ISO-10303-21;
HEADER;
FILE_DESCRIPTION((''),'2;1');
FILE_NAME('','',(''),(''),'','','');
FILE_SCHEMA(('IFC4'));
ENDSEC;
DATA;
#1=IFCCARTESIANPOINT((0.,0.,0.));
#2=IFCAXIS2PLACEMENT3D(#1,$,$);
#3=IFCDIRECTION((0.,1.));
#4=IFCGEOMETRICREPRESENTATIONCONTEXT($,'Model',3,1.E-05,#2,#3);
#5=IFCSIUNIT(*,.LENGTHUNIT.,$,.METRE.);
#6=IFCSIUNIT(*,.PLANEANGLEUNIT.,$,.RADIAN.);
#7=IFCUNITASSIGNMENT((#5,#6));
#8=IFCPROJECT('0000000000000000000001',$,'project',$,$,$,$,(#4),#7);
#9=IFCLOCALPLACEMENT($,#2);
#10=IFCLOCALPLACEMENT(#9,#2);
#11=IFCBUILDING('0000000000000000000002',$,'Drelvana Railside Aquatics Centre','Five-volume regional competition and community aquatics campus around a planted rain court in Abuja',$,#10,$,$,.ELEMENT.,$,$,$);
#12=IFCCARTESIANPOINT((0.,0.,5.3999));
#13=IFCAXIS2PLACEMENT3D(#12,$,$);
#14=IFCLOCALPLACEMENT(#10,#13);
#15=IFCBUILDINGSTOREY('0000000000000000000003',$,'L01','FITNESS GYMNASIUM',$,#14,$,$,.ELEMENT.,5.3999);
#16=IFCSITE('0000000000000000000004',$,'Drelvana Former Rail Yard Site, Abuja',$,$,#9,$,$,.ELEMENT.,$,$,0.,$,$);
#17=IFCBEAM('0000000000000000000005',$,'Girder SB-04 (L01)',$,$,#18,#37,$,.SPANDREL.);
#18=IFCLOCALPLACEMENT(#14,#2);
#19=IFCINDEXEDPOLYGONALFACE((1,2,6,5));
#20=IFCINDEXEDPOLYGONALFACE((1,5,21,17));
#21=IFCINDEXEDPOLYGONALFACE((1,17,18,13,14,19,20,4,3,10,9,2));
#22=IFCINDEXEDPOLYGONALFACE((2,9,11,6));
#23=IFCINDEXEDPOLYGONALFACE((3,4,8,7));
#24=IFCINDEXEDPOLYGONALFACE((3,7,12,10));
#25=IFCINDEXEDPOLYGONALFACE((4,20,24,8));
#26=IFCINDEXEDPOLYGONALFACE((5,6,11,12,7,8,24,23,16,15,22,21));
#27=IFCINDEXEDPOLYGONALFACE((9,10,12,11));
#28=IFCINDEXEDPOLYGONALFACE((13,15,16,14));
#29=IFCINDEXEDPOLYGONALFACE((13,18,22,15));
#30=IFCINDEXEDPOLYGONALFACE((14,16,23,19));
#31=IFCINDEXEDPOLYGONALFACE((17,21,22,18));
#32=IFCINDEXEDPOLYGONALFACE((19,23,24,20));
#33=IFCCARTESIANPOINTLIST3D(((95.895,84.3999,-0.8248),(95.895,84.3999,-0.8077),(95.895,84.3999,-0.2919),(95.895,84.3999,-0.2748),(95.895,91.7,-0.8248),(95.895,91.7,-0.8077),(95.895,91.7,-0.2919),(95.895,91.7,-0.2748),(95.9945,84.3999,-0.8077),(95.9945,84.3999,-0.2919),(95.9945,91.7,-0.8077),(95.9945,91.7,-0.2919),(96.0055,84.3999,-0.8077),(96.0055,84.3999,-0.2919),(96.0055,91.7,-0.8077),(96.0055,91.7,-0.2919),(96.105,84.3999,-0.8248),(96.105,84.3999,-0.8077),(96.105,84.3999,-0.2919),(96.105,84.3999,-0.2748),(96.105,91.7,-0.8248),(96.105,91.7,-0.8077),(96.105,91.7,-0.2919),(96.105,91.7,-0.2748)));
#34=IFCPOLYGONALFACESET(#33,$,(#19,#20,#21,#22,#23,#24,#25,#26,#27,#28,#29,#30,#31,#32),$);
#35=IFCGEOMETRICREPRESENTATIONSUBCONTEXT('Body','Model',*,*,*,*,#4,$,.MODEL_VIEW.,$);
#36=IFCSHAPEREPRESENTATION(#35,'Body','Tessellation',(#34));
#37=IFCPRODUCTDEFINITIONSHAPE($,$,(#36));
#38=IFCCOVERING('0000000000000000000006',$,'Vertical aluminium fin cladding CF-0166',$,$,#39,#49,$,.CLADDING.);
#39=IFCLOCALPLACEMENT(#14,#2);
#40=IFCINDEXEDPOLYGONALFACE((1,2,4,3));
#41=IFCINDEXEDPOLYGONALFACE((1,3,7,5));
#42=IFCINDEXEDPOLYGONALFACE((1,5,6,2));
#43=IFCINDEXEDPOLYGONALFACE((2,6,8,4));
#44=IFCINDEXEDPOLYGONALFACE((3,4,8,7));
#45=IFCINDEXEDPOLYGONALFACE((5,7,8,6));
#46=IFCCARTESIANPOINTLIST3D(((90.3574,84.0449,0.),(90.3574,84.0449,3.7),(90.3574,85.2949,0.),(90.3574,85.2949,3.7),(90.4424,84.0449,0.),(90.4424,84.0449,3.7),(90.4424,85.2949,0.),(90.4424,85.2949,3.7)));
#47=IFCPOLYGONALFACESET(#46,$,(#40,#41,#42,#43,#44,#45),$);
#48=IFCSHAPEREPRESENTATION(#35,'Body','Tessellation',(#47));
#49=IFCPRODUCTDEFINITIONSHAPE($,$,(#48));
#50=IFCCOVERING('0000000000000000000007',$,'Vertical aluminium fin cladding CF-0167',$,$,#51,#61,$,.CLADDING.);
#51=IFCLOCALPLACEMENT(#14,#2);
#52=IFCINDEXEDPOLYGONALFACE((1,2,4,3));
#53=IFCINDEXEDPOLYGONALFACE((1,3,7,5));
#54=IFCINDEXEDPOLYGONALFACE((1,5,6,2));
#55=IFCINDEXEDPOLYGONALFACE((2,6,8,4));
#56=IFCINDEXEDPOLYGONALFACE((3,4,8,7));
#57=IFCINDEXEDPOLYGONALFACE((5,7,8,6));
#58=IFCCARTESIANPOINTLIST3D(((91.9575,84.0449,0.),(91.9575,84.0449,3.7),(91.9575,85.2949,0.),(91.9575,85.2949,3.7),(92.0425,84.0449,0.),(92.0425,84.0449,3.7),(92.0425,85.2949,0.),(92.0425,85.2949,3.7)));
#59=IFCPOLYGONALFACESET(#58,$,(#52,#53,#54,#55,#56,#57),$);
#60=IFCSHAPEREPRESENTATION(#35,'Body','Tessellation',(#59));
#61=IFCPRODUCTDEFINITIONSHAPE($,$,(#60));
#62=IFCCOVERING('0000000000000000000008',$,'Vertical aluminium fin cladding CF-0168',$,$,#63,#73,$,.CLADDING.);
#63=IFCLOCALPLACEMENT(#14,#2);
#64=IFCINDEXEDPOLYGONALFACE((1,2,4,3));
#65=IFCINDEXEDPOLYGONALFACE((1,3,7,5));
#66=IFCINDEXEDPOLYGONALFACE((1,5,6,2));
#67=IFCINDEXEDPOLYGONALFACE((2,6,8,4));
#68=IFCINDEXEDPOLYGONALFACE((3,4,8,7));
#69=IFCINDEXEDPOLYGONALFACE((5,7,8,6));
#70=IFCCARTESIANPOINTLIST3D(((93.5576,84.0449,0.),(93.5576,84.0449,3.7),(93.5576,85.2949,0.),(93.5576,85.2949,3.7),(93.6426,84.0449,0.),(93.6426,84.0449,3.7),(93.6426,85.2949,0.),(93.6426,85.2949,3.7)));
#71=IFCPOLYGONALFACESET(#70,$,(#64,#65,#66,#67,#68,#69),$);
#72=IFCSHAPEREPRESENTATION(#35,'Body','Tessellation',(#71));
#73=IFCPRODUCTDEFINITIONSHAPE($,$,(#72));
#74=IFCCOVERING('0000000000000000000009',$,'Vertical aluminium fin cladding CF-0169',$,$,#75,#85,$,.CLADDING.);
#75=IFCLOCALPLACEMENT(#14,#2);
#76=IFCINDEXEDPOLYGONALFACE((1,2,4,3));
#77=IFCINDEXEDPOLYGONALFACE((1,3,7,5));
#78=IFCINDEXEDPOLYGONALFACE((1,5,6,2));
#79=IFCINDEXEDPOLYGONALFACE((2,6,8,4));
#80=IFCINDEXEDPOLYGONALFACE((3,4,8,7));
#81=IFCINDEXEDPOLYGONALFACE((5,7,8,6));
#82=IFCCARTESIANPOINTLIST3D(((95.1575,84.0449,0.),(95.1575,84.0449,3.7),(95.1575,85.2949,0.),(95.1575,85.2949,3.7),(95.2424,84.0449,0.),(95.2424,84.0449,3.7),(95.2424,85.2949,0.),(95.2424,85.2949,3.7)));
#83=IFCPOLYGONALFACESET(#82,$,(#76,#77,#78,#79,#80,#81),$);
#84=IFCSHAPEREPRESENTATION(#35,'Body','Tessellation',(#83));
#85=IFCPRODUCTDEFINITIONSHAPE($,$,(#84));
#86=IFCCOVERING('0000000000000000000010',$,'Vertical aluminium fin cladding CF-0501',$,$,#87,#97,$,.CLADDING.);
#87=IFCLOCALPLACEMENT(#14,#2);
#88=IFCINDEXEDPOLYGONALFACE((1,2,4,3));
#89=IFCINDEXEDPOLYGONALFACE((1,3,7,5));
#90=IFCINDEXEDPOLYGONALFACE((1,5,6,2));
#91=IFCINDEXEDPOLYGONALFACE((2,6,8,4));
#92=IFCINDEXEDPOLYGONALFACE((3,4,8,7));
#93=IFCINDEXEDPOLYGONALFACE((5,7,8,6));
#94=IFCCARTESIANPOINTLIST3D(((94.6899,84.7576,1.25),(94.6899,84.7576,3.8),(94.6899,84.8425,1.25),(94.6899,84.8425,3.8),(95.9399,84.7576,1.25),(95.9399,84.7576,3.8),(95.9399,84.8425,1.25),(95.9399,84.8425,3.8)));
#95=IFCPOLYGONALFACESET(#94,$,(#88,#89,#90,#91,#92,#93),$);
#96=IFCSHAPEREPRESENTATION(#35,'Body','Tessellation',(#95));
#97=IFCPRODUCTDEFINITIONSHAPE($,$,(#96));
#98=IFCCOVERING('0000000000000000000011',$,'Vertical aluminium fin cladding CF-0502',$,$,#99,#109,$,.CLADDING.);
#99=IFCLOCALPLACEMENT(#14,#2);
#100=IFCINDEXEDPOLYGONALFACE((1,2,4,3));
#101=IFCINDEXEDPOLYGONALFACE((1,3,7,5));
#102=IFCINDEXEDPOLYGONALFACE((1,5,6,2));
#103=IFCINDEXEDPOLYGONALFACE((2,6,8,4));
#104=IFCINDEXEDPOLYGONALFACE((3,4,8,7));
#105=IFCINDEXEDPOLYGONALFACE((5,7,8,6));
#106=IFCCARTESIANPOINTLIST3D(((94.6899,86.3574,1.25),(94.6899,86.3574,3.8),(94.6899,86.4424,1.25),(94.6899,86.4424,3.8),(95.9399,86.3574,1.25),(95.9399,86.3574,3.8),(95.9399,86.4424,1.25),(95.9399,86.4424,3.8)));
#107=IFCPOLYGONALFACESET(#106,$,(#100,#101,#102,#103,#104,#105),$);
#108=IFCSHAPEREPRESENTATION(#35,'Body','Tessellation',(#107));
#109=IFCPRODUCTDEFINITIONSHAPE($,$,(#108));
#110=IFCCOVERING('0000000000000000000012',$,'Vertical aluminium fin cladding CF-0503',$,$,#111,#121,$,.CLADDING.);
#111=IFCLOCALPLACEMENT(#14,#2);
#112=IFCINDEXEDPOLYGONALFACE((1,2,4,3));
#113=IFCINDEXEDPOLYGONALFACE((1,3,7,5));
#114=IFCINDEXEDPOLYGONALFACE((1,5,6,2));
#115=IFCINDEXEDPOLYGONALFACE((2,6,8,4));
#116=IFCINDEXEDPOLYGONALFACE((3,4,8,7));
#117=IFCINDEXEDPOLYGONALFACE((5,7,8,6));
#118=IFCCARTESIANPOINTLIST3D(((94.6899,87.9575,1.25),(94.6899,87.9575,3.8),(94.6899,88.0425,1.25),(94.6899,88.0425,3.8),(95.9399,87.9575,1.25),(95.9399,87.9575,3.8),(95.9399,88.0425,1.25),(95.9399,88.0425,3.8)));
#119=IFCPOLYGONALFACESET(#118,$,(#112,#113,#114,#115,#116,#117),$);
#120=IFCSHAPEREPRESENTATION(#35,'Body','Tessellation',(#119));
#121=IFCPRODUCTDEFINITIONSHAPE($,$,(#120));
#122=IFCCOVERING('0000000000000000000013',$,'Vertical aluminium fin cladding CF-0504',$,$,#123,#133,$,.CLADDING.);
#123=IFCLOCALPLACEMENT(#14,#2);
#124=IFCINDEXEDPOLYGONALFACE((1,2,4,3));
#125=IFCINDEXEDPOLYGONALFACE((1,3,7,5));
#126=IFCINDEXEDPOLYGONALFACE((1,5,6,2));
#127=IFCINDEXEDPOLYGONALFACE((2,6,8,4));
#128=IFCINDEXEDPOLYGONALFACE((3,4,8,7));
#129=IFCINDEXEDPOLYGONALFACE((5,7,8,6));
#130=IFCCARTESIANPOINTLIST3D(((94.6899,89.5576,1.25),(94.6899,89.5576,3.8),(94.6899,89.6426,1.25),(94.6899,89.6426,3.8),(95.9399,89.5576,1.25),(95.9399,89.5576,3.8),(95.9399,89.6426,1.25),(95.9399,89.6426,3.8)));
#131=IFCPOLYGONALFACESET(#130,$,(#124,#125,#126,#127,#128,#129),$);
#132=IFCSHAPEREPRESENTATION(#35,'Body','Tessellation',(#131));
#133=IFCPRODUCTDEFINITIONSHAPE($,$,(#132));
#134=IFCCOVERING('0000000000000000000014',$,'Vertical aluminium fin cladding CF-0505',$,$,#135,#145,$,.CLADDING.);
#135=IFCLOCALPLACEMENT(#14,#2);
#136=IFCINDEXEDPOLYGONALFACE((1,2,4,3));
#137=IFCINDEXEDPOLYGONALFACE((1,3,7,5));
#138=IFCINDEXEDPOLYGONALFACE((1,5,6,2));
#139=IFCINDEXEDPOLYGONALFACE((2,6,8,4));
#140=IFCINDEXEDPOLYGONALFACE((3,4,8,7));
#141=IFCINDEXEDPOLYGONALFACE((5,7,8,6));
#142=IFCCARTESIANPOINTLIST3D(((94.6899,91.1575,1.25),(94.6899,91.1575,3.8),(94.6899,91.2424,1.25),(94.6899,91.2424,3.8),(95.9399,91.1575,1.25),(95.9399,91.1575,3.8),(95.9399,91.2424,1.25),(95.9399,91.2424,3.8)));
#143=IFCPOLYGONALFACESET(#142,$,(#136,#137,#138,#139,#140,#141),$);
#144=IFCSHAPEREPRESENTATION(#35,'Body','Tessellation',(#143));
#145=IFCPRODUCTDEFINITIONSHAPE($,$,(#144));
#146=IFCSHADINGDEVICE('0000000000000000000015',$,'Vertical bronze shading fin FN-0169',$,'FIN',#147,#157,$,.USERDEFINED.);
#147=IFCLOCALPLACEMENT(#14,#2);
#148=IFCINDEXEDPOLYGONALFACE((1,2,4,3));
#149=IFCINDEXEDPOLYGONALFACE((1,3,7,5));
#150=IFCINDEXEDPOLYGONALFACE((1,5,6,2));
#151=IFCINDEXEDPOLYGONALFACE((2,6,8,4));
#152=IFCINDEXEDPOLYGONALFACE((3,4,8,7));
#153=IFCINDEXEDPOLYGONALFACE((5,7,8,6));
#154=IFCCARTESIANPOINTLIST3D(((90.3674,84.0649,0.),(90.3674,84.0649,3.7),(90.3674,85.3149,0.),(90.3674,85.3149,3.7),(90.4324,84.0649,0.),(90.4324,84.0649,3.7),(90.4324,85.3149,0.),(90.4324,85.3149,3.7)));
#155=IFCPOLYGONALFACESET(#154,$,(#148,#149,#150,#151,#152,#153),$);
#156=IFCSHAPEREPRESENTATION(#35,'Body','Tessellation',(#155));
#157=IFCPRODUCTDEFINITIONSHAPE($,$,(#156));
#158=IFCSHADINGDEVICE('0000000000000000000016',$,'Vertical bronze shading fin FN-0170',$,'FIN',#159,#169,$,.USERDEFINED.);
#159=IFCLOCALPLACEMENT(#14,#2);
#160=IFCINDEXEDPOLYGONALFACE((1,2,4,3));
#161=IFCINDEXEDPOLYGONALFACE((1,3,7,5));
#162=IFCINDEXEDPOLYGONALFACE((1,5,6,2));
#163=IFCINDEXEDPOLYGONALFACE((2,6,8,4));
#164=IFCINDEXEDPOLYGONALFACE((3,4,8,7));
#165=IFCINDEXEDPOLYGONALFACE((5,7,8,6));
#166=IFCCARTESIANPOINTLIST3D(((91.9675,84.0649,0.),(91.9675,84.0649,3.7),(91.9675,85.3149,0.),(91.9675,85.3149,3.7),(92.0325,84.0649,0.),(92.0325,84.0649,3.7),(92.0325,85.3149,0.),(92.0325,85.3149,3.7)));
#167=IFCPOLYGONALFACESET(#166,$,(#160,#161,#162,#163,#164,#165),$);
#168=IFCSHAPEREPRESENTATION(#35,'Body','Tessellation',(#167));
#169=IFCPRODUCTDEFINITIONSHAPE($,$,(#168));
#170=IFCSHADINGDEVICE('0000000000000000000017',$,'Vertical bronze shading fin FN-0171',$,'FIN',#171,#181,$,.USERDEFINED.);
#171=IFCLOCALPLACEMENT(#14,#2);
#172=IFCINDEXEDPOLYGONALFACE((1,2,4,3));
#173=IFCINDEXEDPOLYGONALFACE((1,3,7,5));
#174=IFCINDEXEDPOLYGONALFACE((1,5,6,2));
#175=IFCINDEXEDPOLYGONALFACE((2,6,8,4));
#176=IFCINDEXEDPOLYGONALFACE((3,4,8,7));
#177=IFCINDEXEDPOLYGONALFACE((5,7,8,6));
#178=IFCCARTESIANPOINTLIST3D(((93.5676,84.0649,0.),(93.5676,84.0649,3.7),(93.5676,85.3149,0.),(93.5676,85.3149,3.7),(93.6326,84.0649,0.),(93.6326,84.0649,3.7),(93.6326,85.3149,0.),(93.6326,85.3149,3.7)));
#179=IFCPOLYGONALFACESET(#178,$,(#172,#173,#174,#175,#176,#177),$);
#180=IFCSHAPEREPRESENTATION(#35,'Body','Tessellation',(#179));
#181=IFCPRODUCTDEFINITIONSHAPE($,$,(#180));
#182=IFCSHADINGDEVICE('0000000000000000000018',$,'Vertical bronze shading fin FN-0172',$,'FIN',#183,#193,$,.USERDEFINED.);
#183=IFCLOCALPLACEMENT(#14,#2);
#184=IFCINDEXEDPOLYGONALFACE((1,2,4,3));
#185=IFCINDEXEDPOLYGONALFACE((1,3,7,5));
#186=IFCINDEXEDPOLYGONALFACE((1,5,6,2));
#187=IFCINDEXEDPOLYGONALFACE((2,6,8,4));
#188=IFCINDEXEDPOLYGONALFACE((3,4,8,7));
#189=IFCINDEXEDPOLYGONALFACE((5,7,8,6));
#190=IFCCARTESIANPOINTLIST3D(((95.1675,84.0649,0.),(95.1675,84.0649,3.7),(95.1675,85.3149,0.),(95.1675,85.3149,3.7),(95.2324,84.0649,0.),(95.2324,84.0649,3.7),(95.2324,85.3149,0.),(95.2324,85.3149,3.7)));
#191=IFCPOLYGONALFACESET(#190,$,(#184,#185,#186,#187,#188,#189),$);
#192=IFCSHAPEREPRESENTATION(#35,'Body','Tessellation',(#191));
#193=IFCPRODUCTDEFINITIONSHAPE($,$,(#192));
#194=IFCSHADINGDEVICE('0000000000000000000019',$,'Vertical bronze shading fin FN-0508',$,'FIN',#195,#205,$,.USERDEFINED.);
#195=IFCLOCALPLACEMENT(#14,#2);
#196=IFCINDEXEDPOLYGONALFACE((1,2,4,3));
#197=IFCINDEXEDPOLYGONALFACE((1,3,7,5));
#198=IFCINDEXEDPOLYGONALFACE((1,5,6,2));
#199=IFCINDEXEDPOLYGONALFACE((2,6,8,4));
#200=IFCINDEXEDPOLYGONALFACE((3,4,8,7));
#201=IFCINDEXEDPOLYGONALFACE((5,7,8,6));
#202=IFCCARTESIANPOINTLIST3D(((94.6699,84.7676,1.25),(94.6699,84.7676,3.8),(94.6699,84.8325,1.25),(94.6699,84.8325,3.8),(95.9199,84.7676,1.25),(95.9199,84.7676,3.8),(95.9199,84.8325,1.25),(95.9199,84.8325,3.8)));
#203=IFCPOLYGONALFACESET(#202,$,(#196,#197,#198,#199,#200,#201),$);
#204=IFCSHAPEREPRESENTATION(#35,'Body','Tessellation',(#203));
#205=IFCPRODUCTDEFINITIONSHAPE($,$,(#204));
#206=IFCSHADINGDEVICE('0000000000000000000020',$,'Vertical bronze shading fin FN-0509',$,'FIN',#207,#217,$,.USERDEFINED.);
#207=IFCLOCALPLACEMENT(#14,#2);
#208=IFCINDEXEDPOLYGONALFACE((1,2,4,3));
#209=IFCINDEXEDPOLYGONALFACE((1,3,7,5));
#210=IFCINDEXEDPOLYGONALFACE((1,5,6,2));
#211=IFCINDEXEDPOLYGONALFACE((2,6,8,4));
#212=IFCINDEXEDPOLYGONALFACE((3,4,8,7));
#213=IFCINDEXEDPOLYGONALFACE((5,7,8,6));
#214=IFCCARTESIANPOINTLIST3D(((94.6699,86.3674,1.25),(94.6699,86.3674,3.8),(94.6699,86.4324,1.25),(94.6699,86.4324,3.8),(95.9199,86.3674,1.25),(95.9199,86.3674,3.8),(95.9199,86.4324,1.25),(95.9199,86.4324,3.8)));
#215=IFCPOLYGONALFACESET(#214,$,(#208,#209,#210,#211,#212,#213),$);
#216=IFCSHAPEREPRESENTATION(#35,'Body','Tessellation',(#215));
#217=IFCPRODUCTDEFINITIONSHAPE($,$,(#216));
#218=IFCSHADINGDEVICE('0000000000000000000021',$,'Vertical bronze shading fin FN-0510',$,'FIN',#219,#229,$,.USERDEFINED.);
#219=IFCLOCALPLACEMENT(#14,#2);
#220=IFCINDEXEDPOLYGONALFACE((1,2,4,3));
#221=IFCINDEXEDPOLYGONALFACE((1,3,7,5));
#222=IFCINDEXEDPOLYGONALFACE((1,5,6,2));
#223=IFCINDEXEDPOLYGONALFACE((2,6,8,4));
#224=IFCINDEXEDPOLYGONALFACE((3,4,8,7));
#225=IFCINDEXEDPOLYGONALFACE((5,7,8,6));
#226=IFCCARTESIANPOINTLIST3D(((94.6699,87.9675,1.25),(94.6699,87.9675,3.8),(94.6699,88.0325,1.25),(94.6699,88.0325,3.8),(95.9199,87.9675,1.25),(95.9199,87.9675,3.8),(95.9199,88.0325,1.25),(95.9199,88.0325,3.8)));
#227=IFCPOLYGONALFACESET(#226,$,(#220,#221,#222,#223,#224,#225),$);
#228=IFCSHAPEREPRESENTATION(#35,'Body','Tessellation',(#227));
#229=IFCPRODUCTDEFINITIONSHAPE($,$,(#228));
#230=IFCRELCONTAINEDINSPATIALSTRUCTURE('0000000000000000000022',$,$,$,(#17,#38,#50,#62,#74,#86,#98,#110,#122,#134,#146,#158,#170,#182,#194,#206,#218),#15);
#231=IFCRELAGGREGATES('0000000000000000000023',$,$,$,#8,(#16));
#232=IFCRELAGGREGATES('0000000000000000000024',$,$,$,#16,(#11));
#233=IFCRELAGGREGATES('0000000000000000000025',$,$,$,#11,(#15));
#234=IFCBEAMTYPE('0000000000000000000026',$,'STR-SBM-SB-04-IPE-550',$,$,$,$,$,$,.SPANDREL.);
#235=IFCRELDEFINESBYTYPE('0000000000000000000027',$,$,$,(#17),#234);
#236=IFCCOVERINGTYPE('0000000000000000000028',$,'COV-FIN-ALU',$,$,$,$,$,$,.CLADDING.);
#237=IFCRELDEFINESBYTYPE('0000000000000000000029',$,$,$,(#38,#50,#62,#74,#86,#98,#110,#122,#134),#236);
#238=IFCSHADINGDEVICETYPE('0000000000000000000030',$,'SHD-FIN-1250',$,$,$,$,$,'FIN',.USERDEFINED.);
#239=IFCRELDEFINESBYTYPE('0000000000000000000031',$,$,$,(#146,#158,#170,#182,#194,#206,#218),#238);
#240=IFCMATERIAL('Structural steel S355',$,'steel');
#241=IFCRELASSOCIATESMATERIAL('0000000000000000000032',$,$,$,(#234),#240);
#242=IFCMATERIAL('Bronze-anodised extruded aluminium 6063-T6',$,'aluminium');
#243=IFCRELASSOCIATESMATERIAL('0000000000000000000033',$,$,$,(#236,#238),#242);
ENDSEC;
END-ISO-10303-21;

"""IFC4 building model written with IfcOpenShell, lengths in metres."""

from ifc_helpers import new_model, si_unit, direction, frame, origin, origin_2d, place, context, subcontext, project, spatial, rectangle, i_section, extrude, material, material_profile, profile_set, type_object, element, save


model = new_model("IFC4")

# Units and contexts
model_context = context("Model", 3, precision=1e-05, world=origin(), true_north=direction((0.0, 1.0)))
body_context = subcontext(model_context, "Body", "Model", "MODEL_VIEW")
ifc_project = project(units=[si_unit("LENGTHUNIT", "METRE"), si_unit("PLANEANGLEUNIT", "RADIAN")], contexts=[model_context])

# Site, building, storey
site_placement = place(None, origin())
site = spatial("IfcSite", under=ifc_project, at=site_placement, Name="Drelvana Former Rail Yard Site, Abuja", CompositionType="ELEMENT", RefElevation=0.0)
building_placement = place(site_placement, origin())
building = spatial("IfcBuilding", under=site, at=building_placement, Name="Drelvana Railside Aquatics Centre", Description="Five-volume regional competition and community aquatics campus around a planted rain court in Abuja", CompositionType="ELEMENT")
storey_placement = place(building_placement, frame((0.0, 0.0, 5.3999)))
storey = spatial("IfcBuildingStorey", under=building, at=storey_placement, Name="L01", Description="FITNESS GYMNASIUM", CompositionType="ELEMENT", Elevation=5.3999)

# Beam
ifc_material_1 = material(Name="Structural steel S355", Category="steel")
ifc_material_profile = material_profile(ifc_material_1, i_section(OverallWidth=0.21, OverallDepth=0.55, WebThickness=0.011, FlangeThickness=0.0171, at=origin_2d()), Name="IPE 550")
ifc_profile_set = profile_set([ifc_material_profile], Name="Structural steel S355")
beam_type = type_object("IfcBeamType", Name="STR-SBM-SB-04-IPE-550", PredefinedType="SPANDREL", material=ifc_profile_set)
beam_placement = place(storey_placement, frame((96.0, 84.3999, -0.5498), z_axis=(0.0, 1.0, 0.0), x_axis=(-1.0, 0.0, 0.0)))
element("IfcBeam", 1, at=beam_placement, inside=storey, type_object=beam_type, Name="Girder SB-04 (L01)", PredefinedType="SPANDREL", context=body_context, shape_type="SweptSolid", body=[
    extrude(i_section(OverallWidth=0.21, OverallDepth=0.55, WebThickness=0.011, FlangeThickness=0.0171, at=origin_2d()), origin(), (0.0, 0.0, 1.0), 7.3),
])

# Coverings
ifc_material_2 = material(Name="Bronze-anodised extruded aluminium 6063-T6", Category="aluminium")
covering_type = type_object("IfcCoveringType", Name="COV-FIN-ALU", PredefinedType="CLADDING", material=ifc_material_2)
for number, where, z_axis, x_axis, name in (
    (2, (90.3999, 84.6699, 0.0), (0.0, 0.0, 1.0), (1.0, 0.0, 0.0), "Vertical aluminium fin cladding CF-0166"),
    (3, (92.0, 84.6699, 0.0), (0.0, 0.0, 1.0), (1.0, 0.0, 0.0), "Vertical aluminium fin cladding CF-0167"),
    (4, (93.6001, 84.6699, 0.0), (0.0, 0.0, 1.0), (1.0, 0.0, 0.0), "Vertical aluminium fin cladding CF-0168"),
    (5, (95.2, 84.6699, 0.0), (0.0, 0.0, 1.0), (1.0, 0.0, 0.0), "Vertical aluminium fin cladding CF-0169"),
):
    element("IfcCovering", number, at=place(storey_placement, frame(where, z_axis=z_axis, x_axis=x_axis)), inside=storey, type_object=covering_type, Name=name, PredefinedType="CLADDING", context=body_context, shape_type="SweptSolid", body=[
        extrude(rectangle(XDim=0.085, YDim=1.25, at=origin_2d()), origin(), (0.0, 0.0, 1.0), 3.7),
    ])
for number, where, z_axis, x_axis, name in (
    (6, (95.3149, 84.8, 1.25), (0.0, 0.0, 1.0), (0.0, 1.0, 0.0), "Vertical aluminium fin cladding CF-0501"),
    (7, (95.3149, 86.3999, 1.25), (0.0, 0.0, 1.0), (0.0, 1.0, 0.0), "Vertical aluminium fin cladding CF-0502"),
    (8, (95.3149, 88.0, 1.25), (0.0, 0.0, 1.0), (0.0, 1.0, 0.0), "Vertical aluminium fin cladding CF-0503"),
    (9, (95.3149, 89.6001, 1.25), (0.0, 0.0, 1.0), (0.0, 1.0, 0.0), "Vertical aluminium fin cladding CF-0504"),
    (10, (95.3149, 91.2, 1.25), (0.0, 0.0, 1.0), (0.0, 1.0, 0.0), "Vertical aluminium fin cladding CF-0505"),
):
    element("IfcCovering", number, at=place(storey_placement, frame(where, z_axis=z_axis, x_axis=x_axis)), inside=storey, type_object=covering_type, Name=name, PredefinedType="CLADDING", context=body_context, shape_type="SweptSolid", body=[
        extrude(rectangle(XDim=0.085, YDim=1.25, at=origin_2d()), origin(), (0.0, 0.0, 1.0), 2.55),
    ])

# Shading devices
shading_device_type = type_object("IfcShadingDeviceType", Name="SHD-FIN-1250", ElementType="FIN", PredefinedType="USERDEFINED", material=ifc_material_2)
for number, where, z_axis, x_axis, name in (
    (11, (90.3999, 84.6899, 0.0), (0.0, 0.0, 1.0), (0.0, 1.0, 0.0), "Vertical bronze shading fin FN-0169"),
    (12, (92.0, 84.6899, 0.0), (0.0, 0.0, 1.0), (0.0, 1.0, 0.0), "Vertical bronze shading fin FN-0170"),
    (13, (93.6001, 84.6899, 0.0), (0.0, 0.0, 1.0), (0.0, 1.0, 0.0), "Vertical bronze shading fin FN-0171"),
    (14, (95.2, 84.6899, 0.0), (0.0, 0.0, 1.0), (0.0, 1.0, 0.0), "Vertical bronze shading fin FN-0172"),
):
    element("IfcShadingDevice", number, at=place(storey_placement, frame(where, z_axis=z_axis, x_axis=x_axis)), inside=storey, type_object=shading_device_type, Name=name, ObjectType="FIN", PredefinedType="USERDEFINED", context=body_context, shape_type="SweptSolid", body=[
        extrude(rectangle(XDim=1.25, YDim=0.0649, at=origin_2d()), origin(), (0.0, 0.0, 1.0), 3.7),
    ])
for number, where, z_axis, x_axis, name in (
    (15, (95.2949, 84.8, 1.25), (0.0, 0.0, 1.0), (-1.0, 0.0, 0.0), "Vertical bronze shading fin FN-0508"),
    (16, (95.2949, 86.3999, 1.25), (0.0, 0.0, 1.0), (-1.0, 0.0, 0.0), "Vertical bronze shading fin FN-0509"),
    (17, (95.2949, 88.0, 1.25), (0.0, 0.0, 1.0), (-1.0, 0.0, 0.0), "Vertical bronze shading fin FN-0510"),
):
    element("IfcShadingDevice", number, at=place(storey_placement, frame(where, z_axis=z_axis, x_axis=x_axis)), inside=storey, type_object=shading_device_type, Name=name, ObjectType="FIN", PredefinedType="USERDEFINED", context=body_context, shape_type="SweptSolid", body=[
        extrude(rectangle(XDim=1.25, YDim=0.0649, at=origin_2d()), origin(), (0.0, 0.0, 1.0), 2.55),
    ])

save(model, "model.ifc")
